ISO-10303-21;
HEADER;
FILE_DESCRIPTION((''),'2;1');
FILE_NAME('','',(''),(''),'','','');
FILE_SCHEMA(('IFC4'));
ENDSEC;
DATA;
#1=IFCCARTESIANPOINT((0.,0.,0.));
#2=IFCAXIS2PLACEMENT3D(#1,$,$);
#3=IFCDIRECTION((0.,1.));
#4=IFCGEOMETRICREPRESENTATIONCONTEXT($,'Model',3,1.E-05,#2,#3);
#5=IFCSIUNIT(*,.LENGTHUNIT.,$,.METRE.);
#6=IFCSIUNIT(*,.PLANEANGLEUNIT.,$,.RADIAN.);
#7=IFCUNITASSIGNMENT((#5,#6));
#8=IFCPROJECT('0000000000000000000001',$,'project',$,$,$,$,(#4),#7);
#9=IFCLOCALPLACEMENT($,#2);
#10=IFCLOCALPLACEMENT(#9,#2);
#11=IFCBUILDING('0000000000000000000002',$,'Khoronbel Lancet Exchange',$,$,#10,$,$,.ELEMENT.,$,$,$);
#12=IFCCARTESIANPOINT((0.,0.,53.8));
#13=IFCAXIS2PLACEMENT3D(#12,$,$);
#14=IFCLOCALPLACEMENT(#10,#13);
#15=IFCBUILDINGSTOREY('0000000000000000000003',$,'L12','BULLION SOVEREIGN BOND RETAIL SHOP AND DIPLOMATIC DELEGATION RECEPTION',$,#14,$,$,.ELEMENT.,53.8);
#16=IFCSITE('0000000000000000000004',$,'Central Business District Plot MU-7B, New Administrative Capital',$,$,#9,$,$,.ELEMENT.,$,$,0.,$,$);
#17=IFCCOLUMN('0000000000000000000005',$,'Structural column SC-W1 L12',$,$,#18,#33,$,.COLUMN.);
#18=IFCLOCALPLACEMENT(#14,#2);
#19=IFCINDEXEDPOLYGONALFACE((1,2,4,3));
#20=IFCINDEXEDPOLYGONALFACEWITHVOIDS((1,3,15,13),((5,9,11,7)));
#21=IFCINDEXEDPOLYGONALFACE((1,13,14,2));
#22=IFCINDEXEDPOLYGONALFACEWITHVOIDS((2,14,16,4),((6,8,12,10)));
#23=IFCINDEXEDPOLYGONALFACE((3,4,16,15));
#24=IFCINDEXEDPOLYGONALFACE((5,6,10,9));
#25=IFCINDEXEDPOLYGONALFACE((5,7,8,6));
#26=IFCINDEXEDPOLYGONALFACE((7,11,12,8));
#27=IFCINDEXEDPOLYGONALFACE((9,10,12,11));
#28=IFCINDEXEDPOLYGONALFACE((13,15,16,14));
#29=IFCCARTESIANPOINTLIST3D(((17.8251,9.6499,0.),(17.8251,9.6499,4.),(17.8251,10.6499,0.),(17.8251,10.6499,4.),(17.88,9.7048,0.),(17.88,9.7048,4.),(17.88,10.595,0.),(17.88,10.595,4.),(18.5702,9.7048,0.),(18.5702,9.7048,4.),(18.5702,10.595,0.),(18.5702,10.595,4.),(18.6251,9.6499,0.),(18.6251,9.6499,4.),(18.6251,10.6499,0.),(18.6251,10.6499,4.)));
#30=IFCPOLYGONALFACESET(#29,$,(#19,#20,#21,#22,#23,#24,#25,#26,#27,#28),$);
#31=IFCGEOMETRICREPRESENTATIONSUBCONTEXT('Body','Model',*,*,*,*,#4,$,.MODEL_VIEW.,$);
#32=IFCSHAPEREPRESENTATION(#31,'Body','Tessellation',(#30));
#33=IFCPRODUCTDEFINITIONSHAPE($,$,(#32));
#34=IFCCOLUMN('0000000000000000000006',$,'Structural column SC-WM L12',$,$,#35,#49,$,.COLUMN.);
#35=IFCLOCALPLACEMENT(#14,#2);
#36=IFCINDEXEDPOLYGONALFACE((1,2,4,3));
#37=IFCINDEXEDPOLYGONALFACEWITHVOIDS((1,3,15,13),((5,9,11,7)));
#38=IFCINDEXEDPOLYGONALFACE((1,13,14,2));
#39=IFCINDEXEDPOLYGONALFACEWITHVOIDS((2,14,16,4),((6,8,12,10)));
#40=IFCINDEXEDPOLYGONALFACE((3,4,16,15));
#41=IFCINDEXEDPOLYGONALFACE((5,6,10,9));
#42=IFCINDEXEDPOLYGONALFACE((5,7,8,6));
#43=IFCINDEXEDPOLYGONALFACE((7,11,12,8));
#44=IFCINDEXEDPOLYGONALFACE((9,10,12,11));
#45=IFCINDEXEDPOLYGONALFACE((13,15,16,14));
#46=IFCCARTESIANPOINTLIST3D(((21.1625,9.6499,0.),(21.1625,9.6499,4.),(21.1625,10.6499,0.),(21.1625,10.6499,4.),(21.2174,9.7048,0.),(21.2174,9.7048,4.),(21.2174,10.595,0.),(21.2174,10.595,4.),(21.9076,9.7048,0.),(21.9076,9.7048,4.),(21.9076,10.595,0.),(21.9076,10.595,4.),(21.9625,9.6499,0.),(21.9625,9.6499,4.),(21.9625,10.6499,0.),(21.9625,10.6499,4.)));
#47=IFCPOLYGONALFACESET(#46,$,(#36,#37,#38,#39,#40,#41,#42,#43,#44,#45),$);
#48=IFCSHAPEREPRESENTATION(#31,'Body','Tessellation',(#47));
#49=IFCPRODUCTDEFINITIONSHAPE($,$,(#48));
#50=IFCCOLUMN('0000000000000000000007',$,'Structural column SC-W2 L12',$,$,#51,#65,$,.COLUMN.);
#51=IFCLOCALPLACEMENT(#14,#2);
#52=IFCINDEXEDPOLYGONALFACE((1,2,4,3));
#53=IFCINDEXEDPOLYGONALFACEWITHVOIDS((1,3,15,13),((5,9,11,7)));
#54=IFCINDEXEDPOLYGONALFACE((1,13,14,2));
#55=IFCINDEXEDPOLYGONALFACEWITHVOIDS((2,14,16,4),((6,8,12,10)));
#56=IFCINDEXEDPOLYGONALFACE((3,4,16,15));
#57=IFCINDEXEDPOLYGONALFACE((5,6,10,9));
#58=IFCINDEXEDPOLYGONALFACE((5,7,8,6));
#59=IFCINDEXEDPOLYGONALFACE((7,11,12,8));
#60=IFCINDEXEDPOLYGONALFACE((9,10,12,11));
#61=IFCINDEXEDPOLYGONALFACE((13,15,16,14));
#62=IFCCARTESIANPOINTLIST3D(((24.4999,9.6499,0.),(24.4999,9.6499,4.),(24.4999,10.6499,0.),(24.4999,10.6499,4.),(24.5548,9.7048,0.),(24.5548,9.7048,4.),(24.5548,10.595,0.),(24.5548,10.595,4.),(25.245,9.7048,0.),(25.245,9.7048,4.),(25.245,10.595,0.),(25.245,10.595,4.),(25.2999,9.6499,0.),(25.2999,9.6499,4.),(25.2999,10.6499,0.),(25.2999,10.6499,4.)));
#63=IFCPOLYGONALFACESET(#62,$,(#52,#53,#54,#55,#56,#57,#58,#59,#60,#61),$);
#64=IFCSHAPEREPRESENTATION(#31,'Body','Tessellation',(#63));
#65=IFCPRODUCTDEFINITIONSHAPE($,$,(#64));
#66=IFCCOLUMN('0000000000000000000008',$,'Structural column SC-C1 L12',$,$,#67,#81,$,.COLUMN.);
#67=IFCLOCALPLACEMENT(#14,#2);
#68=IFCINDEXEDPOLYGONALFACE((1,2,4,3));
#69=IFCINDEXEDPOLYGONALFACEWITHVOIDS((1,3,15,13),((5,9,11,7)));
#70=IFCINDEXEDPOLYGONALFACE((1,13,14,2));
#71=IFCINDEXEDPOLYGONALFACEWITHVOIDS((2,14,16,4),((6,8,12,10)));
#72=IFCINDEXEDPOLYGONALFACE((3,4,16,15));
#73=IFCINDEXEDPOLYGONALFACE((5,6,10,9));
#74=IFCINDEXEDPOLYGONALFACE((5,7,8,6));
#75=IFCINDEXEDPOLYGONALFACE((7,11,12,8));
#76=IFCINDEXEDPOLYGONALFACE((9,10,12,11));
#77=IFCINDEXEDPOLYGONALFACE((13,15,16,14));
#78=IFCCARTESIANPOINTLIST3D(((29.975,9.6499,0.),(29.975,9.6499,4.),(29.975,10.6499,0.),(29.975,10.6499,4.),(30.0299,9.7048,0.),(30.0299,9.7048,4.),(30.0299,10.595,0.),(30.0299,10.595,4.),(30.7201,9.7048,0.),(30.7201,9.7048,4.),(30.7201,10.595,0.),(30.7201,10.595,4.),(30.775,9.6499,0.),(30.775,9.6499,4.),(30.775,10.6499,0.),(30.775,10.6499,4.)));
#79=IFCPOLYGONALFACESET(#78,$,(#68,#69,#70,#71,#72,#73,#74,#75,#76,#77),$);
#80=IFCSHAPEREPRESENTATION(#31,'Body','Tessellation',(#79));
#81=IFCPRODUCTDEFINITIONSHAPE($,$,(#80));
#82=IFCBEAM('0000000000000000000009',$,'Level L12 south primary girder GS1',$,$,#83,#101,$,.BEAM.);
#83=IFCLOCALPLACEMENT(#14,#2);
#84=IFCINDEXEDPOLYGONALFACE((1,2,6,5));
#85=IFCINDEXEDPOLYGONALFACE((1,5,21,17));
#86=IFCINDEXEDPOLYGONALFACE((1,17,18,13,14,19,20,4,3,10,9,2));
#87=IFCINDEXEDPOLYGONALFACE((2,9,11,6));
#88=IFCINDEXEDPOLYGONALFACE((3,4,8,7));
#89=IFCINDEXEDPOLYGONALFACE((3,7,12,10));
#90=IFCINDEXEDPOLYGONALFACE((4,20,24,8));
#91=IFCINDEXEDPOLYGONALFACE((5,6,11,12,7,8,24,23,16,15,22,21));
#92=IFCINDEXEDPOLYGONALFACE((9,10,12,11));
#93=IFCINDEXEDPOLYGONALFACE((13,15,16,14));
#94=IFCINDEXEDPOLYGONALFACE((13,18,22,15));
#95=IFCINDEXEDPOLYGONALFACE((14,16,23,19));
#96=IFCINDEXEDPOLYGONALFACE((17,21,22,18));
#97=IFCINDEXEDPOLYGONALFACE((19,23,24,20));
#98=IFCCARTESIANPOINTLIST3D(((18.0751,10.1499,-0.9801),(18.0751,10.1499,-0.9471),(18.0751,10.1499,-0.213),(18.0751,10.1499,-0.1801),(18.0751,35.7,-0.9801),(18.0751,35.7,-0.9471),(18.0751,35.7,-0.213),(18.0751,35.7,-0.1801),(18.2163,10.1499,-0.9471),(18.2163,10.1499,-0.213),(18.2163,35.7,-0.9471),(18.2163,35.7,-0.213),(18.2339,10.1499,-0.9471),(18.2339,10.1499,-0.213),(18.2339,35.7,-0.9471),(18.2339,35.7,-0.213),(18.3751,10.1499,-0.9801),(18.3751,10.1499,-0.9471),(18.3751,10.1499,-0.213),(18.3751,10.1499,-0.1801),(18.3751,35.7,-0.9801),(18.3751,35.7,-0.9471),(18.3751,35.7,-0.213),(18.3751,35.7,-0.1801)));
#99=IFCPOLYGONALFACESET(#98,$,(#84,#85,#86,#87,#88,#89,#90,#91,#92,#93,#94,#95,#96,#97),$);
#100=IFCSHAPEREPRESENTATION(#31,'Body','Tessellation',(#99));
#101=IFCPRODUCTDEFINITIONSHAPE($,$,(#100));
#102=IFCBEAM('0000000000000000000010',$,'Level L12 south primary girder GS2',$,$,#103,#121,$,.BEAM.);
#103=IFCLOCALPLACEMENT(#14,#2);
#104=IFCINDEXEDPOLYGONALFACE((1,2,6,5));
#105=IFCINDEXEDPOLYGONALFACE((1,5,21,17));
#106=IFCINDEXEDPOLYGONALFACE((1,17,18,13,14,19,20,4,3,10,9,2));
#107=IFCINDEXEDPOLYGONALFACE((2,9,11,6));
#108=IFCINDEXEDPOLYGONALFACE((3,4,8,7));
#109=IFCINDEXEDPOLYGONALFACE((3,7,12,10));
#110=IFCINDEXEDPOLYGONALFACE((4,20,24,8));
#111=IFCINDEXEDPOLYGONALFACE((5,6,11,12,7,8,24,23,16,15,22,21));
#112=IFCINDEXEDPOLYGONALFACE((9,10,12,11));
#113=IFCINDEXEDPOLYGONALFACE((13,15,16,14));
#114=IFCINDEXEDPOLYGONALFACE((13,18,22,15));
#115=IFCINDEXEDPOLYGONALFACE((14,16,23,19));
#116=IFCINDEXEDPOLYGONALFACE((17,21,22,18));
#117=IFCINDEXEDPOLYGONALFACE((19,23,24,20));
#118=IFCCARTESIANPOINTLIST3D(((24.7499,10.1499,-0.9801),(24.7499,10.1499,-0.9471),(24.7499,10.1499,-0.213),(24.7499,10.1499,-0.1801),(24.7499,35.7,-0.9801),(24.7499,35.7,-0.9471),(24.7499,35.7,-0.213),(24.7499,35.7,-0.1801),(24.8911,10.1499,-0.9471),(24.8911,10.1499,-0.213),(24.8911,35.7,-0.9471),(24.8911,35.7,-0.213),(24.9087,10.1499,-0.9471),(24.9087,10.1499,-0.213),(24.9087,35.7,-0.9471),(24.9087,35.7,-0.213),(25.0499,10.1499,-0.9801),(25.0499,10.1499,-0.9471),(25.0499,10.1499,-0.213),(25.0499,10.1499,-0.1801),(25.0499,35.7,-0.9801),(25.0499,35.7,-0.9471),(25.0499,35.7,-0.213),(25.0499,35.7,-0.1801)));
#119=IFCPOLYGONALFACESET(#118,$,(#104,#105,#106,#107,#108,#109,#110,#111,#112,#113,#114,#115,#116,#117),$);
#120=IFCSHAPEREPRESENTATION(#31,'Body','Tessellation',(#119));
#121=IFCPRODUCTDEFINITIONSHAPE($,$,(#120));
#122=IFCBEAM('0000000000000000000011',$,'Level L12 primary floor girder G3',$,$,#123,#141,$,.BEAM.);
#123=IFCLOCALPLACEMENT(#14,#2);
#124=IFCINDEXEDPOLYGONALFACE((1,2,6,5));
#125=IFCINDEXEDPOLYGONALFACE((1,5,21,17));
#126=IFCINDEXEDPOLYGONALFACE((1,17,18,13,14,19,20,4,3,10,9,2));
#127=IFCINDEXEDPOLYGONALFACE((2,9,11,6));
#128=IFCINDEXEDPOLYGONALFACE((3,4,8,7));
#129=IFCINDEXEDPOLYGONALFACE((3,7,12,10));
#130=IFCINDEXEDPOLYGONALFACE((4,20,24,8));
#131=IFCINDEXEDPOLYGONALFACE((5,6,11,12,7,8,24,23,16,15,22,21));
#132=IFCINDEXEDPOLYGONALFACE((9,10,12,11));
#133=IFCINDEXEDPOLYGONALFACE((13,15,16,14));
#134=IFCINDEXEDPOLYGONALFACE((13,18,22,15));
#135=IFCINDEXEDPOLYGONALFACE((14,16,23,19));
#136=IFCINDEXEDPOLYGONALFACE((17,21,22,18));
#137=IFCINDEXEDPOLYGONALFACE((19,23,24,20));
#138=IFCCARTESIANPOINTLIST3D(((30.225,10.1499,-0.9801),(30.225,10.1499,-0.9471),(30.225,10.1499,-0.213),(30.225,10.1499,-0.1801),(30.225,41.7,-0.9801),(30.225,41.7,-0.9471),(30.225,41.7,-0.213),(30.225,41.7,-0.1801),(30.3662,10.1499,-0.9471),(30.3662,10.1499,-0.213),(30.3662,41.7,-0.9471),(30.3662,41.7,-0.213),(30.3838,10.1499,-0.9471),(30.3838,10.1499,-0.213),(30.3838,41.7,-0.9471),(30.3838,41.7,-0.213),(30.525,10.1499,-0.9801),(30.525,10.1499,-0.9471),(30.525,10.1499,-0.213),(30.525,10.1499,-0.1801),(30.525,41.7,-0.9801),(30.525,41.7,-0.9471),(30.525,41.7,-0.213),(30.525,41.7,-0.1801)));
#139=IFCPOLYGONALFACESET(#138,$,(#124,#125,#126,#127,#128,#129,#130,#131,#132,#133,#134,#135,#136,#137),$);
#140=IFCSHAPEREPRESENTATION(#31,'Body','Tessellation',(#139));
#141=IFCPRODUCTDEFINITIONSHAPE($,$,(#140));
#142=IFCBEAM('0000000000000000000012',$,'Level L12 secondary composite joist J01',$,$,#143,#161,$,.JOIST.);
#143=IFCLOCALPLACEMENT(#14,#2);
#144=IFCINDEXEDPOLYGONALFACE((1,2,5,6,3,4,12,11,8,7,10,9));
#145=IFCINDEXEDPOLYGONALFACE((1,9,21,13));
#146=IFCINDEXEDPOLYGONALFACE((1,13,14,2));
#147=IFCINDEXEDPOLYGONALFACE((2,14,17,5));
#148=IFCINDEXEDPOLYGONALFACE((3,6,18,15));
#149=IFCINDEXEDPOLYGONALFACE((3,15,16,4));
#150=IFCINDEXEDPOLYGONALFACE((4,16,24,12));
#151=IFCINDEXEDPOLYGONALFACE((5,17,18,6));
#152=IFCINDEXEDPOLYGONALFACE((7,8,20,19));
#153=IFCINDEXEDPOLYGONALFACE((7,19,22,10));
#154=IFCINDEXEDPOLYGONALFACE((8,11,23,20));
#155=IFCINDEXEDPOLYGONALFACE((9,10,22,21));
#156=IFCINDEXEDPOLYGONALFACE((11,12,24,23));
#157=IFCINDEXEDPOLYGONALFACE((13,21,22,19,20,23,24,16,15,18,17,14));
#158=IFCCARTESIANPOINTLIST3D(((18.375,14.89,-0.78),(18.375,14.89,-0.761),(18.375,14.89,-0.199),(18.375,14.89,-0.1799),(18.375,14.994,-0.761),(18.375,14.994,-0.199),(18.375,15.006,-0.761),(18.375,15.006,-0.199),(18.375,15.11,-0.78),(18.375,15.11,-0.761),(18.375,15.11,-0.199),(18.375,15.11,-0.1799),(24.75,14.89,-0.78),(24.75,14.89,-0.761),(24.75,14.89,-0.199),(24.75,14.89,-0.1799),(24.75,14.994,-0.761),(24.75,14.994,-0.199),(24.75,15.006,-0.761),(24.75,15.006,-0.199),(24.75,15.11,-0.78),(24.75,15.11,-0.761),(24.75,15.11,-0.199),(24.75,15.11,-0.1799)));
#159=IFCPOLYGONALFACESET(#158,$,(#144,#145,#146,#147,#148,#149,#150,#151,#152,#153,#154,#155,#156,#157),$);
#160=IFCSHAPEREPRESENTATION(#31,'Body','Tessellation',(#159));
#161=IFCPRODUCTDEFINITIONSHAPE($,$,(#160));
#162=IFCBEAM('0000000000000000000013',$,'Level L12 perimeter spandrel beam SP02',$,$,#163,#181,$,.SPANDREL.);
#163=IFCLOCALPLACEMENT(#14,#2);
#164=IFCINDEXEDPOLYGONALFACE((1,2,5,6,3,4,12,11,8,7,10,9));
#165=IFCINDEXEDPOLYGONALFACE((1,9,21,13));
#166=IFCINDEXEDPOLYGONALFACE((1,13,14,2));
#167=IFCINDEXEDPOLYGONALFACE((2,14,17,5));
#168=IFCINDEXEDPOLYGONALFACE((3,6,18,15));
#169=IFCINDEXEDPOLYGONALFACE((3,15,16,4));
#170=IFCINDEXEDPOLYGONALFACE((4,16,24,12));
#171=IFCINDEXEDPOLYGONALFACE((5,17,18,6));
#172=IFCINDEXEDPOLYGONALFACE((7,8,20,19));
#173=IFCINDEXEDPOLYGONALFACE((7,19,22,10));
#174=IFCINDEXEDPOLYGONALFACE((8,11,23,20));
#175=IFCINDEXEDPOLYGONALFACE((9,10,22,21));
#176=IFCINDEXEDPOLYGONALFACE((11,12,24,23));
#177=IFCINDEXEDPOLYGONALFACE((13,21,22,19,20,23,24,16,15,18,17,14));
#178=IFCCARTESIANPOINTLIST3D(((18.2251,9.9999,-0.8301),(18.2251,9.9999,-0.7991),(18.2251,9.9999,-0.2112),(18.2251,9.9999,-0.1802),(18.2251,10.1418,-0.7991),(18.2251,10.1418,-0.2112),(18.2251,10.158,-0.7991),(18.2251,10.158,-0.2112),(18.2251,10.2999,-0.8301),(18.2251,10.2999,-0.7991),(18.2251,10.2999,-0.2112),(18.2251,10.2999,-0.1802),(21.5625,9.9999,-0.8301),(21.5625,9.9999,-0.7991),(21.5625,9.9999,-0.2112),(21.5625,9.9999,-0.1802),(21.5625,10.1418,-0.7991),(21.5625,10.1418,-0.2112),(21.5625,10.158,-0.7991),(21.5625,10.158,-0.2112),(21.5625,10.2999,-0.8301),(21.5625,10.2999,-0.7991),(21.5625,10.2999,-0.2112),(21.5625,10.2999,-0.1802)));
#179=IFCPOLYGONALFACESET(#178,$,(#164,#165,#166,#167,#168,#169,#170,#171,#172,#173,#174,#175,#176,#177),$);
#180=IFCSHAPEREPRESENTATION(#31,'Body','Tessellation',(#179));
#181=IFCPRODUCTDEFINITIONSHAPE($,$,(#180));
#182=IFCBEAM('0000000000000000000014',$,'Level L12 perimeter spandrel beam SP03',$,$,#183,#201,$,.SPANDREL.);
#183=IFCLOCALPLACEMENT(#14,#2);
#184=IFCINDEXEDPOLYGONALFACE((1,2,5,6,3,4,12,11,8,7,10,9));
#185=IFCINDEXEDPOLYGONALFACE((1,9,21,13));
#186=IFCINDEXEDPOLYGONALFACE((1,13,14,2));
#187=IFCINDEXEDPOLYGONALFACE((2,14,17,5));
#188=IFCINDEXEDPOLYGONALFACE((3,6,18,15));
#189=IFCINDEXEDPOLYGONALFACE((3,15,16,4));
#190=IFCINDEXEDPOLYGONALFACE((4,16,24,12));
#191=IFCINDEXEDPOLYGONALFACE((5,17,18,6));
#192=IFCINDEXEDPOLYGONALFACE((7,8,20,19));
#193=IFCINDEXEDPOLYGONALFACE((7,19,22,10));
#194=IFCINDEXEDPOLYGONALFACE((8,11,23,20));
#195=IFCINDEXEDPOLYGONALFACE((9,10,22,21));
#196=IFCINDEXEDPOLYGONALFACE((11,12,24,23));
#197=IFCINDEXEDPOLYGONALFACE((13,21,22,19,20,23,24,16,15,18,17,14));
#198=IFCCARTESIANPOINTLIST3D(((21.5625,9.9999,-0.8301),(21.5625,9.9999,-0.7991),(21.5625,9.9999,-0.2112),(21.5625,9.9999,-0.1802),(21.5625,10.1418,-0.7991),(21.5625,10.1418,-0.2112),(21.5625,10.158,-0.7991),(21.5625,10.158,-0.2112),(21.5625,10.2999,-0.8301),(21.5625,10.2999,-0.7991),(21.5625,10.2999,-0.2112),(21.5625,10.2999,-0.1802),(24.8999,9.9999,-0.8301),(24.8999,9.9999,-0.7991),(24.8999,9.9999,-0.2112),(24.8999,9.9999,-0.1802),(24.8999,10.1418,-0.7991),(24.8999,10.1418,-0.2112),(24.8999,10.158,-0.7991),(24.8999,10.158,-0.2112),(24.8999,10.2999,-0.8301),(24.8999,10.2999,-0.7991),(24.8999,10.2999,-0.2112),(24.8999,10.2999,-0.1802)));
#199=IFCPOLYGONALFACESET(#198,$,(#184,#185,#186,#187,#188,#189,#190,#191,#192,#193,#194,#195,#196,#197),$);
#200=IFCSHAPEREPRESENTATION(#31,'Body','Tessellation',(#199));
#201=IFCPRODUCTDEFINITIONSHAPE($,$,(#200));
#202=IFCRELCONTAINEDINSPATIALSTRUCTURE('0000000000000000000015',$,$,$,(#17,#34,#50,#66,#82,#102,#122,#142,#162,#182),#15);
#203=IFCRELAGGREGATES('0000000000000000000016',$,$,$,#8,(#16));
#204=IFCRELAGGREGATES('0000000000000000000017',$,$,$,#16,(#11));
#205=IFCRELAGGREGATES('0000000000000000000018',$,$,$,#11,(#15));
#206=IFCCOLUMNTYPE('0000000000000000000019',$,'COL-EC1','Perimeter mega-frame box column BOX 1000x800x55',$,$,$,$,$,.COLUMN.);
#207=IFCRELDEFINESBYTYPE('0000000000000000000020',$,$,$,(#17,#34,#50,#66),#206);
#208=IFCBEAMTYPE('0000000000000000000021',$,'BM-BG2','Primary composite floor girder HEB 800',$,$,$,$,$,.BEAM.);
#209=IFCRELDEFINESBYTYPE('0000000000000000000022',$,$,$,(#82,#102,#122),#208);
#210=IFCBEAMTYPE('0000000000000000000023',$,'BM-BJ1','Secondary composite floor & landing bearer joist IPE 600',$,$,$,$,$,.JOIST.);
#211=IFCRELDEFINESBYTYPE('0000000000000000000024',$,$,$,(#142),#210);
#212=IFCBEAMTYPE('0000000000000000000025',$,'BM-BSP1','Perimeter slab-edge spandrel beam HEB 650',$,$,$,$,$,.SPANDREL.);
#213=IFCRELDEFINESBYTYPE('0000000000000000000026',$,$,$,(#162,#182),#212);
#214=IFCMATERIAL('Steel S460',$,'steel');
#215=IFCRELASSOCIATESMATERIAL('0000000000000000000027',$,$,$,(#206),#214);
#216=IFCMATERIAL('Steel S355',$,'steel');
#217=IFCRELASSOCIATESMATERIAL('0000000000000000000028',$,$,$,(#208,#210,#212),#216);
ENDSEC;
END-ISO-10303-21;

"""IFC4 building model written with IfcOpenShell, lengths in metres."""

from ifc_helpers import new_model, si_unit, direction, frame, origin, origin_2d, place, context, subcontext, project, spatial, hollow_rectangle, i_section, extrude, material, material_profile, profile_set, type_object, element, save


model = new_model("IFC4")

# Units and contexts
model_context = context("Model", 3, precision=1e-05, world=origin(), true_north=direction((0.0, 1.0)))
body_context = subcontext(model_context, "Body", "Model", "MODEL_VIEW")
ifc_project = project(units=[si_unit("LENGTHUNIT", "METRE"), si_unit("PLANEANGLEUNIT", "RADIAN")], contexts=[model_context])

# Site, building, storey
site_placement = place(None, origin())
site = spatial("IfcSite", under=ifc_project, at=site_placement, Name="Central Business District Plot MU-7B, New Administrative Capital", CompositionType="ELEMENT", RefElevation=0.0)
building_placement = place(site_placement, origin())
building = spatial("IfcBuilding", under=site, at=building_placement, Name="Khoronbel Lancet Exchange", CompositionType="ELEMENT")
storey_placement = place(building_placement, frame((0.0, 0.0, 53.8)))
storey = spatial("IfcBuildingStorey", under=building, at=storey_placement, Name="L12", Description="BULLION SOVEREIGN BOND RETAIL SHOP AND DIPLOMATIC DELEGATION RECEPTION", CompositionType="ELEMENT", Elevation=53.8)

# Columns
ifc_material_1 = material(Name="Steel S460", Category="steel")
ifc_material_profile_1 = material_profile(ifc_material_1, hollow_rectangle(XDim=0.8, YDim=1.0, WallThickness=0.0549, at=origin_2d()), Name="BOX 1000x800x55")
ifc_profile_set_1 = profile_set([ifc_material_profile_1], Name="Steel S460")
column_type = type_object("IfcColumnType", Name="COL-EC1", Description="Perimeter mega-frame box column BOX 1000x800x55", PredefinedType="COLUMN", material=ifc_profile_set_1)
for number, where, z_axis, x_axis, name in (
    (1, (18.2251, 10.1499, 0.0), (0.0, 0.0, 1.0), (1.0, 0.0, 0.0), "Structural column SC-W1 L12"),
    (2, (21.5625, 10.1499, 0.0), (0.0, 0.0, 1.0), (1.0, 0.0, 0.0), "Structural column SC-WM L12"),
    (3, (24.8999, 10.1499, 0.0), (0.0, 0.0, 1.0), (1.0, 0.0, 0.0), "Structural column SC-W2 L12"),
    (4, (30.375, 10.1499, 0.0), (0.0, 0.0, 1.0), (1.0, 0.0, 0.0), "Structural column SC-C1 L12"),
):
    element("IfcColumn", number, at=place(storey_placement, frame(where, z_axis=z_axis, x_axis=x_axis)), inside=storey, type_object=column_type, Name=name, PredefinedType="COLUMN", context=body_context, shape_type="SweptSolid", body=[
        extrude(hollow_rectangle(XDim=0.8, YDim=1.0, WallThickness=0.0549, at=origin_2d()), origin(), (0.0, 0.0, 1.0), 4.0),
    ])

# Beams
ifc_material_2 = material(Name="Steel S355", Category="steel")
ifc_material_profile_2 = material_profile(ifc_material_2, i_section(OverallWidth=0.3, OverallDepth=0.8, WebThickness=0.0176, FlangeThickness=0.033, at=origin_2d()), Name="HEB 800")
ifc_profile_set_2 = profile_set([ifc_material_profile_2], Name="Steel S355")
beam_type_1 = type_object("IfcBeamType", Name="BM-BG2", Description="Primary composite floor girder HEB 800", PredefinedType="BEAM", material=ifc_profile_set_2)
for number, where, z_axis, x_axis, name in (
    (5, (18.2251, 10.1499, -0.5801), (0.0, 1.0, 0.0), (-1.0, 0.0, 0.0), "Level L12 south primary girder GS1"),
    (6, (24.8999, 10.1499, -0.5801), (0.0, 1.0, 0.0), (-1.0, 0.0, 0.0), "Level L12 south primary girder GS2"),
):
    element("IfcBeam", number, at=place(storey_placement, frame(where, z_axis=z_axis, x_axis=x_axis)), inside=storey, type_object=beam_type_1, Name=name, PredefinedType="BEAM", context=body_context, shape_type="SweptSolid", body=[
        extrude(i_section(OverallWidth=0.3, OverallDepth=0.8, WebThickness=0.0176, FlangeThickness=0.033, at=origin_2d()), origin(), (0.0, 0.0, 1.0), 25.55),
    ])
beam_1_placement = place(storey_placement, frame((30.375, 10.1499, -0.5801), z_axis=(0.0, 1.0, 0.0), x_axis=(-1.0, 0.0, 0.0)))
element("IfcBeam", 7, at=beam_1_placement, inside=storey, type_object=beam_type_1, Name="Level L12 primary floor girder G3", PredefinedType="BEAM", context=body_context, shape_type="SweptSolid", body=[
    extrude(i_section(OverallWidth=0.3, OverallDepth=0.8, WebThickness=0.0176, FlangeThickness=0.033, at=origin_2d()), origin(), (0.0, 0.0, 1.0), 31.55),
])
ifc_material_profile_3 = material_profile(ifc_material_2, i_section(OverallWidth=0.22, OverallDepth=0.6001, WebThickness=0.012, FlangeThickness=0.019, at=origin_2d()), Name="IPE 600")
ifc_profile_set_3 = profile_set([ifc_material_profile_3], Name="Steel S355")
beam_type_2 = type_object("IfcBeamType", Name="BM-BJ1", Description="Secondary composite floor & landing bearer joist IPE 600", PredefinedType="JOIST", material=ifc_profile_set_3)
beam_2_placement = place(storey_placement, frame((18.375, 15.0, -0.48), z_axis=(1.0, 0.0, 0.0), x_axis=(0.0, 1.0, 0.0)))
element("IfcBeam", 8, at=beam_2_placement, inside=storey, type_object=beam_type_2, Name="Level L12 secondary composite joist J01", PredefinedType="JOIST", context=body_context, shape_type="SweptSolid", body=[
    extrude(i_section(OverallWidth=0.22, OverallDepth=0.6001, WebThickness=0.012, FlangeThickness=0.019, at=origin_2d()), origin(), (0.0, 0.0, 1.0), 6.375),
])
ifc_material_profile_4 = material_profile(ifc_material_2, i_section(OverallWidth=0.3, OverallDepth=0.6499, WebThickness=0.0161, FlangeThickness=0.031, at=origin_2d()), Name="HEB 650")
ifc_profile_set_4 = profile_set([ifc_material_profile_4], Name="Steel S355")
beam_type_3 = type_object("IfcBeamType", Name="BM-BSP1", Description="Perimeter slab-edge spandrel beam HEB 650", PredefinedType="SPANDREL", material=ifc_profile_set_4)
for number, where, z_axis, x_axis, name in (
    (9, (18.2251, 10.1499, -0.5051), (1.0, 0.0, 0.0), (0.0, 1.0, 0.0), "Level L12 perimeter spandrel beam SP02"),
    (10, (21.5625, 10.1499, -0.5051), (1.0, 0.0, 0.0), (0.0, 1.0, 0.0), "Level L12 perimeter spandrel beam SP03"),
):
    element("IfcBeam", number, at=place(storey_placement, frame(where, z_axis=z_axis, x_axis=x_axis)), inside=storey, type_object=beam_type_3, Name=name, PredefinedType="SPANDREL", context=body_context, shape_type="SweptSolid", body=[
        extrude(i_section(OverallWidth=0.3, OverallDepth=0.6499, WebThickness=0.0161, FlangeThickness=0.031, at=origin_2d()), origin(), (0.0, 0.0, 1.0), 3.3374),
    ])

save(model, "model.ifc")
